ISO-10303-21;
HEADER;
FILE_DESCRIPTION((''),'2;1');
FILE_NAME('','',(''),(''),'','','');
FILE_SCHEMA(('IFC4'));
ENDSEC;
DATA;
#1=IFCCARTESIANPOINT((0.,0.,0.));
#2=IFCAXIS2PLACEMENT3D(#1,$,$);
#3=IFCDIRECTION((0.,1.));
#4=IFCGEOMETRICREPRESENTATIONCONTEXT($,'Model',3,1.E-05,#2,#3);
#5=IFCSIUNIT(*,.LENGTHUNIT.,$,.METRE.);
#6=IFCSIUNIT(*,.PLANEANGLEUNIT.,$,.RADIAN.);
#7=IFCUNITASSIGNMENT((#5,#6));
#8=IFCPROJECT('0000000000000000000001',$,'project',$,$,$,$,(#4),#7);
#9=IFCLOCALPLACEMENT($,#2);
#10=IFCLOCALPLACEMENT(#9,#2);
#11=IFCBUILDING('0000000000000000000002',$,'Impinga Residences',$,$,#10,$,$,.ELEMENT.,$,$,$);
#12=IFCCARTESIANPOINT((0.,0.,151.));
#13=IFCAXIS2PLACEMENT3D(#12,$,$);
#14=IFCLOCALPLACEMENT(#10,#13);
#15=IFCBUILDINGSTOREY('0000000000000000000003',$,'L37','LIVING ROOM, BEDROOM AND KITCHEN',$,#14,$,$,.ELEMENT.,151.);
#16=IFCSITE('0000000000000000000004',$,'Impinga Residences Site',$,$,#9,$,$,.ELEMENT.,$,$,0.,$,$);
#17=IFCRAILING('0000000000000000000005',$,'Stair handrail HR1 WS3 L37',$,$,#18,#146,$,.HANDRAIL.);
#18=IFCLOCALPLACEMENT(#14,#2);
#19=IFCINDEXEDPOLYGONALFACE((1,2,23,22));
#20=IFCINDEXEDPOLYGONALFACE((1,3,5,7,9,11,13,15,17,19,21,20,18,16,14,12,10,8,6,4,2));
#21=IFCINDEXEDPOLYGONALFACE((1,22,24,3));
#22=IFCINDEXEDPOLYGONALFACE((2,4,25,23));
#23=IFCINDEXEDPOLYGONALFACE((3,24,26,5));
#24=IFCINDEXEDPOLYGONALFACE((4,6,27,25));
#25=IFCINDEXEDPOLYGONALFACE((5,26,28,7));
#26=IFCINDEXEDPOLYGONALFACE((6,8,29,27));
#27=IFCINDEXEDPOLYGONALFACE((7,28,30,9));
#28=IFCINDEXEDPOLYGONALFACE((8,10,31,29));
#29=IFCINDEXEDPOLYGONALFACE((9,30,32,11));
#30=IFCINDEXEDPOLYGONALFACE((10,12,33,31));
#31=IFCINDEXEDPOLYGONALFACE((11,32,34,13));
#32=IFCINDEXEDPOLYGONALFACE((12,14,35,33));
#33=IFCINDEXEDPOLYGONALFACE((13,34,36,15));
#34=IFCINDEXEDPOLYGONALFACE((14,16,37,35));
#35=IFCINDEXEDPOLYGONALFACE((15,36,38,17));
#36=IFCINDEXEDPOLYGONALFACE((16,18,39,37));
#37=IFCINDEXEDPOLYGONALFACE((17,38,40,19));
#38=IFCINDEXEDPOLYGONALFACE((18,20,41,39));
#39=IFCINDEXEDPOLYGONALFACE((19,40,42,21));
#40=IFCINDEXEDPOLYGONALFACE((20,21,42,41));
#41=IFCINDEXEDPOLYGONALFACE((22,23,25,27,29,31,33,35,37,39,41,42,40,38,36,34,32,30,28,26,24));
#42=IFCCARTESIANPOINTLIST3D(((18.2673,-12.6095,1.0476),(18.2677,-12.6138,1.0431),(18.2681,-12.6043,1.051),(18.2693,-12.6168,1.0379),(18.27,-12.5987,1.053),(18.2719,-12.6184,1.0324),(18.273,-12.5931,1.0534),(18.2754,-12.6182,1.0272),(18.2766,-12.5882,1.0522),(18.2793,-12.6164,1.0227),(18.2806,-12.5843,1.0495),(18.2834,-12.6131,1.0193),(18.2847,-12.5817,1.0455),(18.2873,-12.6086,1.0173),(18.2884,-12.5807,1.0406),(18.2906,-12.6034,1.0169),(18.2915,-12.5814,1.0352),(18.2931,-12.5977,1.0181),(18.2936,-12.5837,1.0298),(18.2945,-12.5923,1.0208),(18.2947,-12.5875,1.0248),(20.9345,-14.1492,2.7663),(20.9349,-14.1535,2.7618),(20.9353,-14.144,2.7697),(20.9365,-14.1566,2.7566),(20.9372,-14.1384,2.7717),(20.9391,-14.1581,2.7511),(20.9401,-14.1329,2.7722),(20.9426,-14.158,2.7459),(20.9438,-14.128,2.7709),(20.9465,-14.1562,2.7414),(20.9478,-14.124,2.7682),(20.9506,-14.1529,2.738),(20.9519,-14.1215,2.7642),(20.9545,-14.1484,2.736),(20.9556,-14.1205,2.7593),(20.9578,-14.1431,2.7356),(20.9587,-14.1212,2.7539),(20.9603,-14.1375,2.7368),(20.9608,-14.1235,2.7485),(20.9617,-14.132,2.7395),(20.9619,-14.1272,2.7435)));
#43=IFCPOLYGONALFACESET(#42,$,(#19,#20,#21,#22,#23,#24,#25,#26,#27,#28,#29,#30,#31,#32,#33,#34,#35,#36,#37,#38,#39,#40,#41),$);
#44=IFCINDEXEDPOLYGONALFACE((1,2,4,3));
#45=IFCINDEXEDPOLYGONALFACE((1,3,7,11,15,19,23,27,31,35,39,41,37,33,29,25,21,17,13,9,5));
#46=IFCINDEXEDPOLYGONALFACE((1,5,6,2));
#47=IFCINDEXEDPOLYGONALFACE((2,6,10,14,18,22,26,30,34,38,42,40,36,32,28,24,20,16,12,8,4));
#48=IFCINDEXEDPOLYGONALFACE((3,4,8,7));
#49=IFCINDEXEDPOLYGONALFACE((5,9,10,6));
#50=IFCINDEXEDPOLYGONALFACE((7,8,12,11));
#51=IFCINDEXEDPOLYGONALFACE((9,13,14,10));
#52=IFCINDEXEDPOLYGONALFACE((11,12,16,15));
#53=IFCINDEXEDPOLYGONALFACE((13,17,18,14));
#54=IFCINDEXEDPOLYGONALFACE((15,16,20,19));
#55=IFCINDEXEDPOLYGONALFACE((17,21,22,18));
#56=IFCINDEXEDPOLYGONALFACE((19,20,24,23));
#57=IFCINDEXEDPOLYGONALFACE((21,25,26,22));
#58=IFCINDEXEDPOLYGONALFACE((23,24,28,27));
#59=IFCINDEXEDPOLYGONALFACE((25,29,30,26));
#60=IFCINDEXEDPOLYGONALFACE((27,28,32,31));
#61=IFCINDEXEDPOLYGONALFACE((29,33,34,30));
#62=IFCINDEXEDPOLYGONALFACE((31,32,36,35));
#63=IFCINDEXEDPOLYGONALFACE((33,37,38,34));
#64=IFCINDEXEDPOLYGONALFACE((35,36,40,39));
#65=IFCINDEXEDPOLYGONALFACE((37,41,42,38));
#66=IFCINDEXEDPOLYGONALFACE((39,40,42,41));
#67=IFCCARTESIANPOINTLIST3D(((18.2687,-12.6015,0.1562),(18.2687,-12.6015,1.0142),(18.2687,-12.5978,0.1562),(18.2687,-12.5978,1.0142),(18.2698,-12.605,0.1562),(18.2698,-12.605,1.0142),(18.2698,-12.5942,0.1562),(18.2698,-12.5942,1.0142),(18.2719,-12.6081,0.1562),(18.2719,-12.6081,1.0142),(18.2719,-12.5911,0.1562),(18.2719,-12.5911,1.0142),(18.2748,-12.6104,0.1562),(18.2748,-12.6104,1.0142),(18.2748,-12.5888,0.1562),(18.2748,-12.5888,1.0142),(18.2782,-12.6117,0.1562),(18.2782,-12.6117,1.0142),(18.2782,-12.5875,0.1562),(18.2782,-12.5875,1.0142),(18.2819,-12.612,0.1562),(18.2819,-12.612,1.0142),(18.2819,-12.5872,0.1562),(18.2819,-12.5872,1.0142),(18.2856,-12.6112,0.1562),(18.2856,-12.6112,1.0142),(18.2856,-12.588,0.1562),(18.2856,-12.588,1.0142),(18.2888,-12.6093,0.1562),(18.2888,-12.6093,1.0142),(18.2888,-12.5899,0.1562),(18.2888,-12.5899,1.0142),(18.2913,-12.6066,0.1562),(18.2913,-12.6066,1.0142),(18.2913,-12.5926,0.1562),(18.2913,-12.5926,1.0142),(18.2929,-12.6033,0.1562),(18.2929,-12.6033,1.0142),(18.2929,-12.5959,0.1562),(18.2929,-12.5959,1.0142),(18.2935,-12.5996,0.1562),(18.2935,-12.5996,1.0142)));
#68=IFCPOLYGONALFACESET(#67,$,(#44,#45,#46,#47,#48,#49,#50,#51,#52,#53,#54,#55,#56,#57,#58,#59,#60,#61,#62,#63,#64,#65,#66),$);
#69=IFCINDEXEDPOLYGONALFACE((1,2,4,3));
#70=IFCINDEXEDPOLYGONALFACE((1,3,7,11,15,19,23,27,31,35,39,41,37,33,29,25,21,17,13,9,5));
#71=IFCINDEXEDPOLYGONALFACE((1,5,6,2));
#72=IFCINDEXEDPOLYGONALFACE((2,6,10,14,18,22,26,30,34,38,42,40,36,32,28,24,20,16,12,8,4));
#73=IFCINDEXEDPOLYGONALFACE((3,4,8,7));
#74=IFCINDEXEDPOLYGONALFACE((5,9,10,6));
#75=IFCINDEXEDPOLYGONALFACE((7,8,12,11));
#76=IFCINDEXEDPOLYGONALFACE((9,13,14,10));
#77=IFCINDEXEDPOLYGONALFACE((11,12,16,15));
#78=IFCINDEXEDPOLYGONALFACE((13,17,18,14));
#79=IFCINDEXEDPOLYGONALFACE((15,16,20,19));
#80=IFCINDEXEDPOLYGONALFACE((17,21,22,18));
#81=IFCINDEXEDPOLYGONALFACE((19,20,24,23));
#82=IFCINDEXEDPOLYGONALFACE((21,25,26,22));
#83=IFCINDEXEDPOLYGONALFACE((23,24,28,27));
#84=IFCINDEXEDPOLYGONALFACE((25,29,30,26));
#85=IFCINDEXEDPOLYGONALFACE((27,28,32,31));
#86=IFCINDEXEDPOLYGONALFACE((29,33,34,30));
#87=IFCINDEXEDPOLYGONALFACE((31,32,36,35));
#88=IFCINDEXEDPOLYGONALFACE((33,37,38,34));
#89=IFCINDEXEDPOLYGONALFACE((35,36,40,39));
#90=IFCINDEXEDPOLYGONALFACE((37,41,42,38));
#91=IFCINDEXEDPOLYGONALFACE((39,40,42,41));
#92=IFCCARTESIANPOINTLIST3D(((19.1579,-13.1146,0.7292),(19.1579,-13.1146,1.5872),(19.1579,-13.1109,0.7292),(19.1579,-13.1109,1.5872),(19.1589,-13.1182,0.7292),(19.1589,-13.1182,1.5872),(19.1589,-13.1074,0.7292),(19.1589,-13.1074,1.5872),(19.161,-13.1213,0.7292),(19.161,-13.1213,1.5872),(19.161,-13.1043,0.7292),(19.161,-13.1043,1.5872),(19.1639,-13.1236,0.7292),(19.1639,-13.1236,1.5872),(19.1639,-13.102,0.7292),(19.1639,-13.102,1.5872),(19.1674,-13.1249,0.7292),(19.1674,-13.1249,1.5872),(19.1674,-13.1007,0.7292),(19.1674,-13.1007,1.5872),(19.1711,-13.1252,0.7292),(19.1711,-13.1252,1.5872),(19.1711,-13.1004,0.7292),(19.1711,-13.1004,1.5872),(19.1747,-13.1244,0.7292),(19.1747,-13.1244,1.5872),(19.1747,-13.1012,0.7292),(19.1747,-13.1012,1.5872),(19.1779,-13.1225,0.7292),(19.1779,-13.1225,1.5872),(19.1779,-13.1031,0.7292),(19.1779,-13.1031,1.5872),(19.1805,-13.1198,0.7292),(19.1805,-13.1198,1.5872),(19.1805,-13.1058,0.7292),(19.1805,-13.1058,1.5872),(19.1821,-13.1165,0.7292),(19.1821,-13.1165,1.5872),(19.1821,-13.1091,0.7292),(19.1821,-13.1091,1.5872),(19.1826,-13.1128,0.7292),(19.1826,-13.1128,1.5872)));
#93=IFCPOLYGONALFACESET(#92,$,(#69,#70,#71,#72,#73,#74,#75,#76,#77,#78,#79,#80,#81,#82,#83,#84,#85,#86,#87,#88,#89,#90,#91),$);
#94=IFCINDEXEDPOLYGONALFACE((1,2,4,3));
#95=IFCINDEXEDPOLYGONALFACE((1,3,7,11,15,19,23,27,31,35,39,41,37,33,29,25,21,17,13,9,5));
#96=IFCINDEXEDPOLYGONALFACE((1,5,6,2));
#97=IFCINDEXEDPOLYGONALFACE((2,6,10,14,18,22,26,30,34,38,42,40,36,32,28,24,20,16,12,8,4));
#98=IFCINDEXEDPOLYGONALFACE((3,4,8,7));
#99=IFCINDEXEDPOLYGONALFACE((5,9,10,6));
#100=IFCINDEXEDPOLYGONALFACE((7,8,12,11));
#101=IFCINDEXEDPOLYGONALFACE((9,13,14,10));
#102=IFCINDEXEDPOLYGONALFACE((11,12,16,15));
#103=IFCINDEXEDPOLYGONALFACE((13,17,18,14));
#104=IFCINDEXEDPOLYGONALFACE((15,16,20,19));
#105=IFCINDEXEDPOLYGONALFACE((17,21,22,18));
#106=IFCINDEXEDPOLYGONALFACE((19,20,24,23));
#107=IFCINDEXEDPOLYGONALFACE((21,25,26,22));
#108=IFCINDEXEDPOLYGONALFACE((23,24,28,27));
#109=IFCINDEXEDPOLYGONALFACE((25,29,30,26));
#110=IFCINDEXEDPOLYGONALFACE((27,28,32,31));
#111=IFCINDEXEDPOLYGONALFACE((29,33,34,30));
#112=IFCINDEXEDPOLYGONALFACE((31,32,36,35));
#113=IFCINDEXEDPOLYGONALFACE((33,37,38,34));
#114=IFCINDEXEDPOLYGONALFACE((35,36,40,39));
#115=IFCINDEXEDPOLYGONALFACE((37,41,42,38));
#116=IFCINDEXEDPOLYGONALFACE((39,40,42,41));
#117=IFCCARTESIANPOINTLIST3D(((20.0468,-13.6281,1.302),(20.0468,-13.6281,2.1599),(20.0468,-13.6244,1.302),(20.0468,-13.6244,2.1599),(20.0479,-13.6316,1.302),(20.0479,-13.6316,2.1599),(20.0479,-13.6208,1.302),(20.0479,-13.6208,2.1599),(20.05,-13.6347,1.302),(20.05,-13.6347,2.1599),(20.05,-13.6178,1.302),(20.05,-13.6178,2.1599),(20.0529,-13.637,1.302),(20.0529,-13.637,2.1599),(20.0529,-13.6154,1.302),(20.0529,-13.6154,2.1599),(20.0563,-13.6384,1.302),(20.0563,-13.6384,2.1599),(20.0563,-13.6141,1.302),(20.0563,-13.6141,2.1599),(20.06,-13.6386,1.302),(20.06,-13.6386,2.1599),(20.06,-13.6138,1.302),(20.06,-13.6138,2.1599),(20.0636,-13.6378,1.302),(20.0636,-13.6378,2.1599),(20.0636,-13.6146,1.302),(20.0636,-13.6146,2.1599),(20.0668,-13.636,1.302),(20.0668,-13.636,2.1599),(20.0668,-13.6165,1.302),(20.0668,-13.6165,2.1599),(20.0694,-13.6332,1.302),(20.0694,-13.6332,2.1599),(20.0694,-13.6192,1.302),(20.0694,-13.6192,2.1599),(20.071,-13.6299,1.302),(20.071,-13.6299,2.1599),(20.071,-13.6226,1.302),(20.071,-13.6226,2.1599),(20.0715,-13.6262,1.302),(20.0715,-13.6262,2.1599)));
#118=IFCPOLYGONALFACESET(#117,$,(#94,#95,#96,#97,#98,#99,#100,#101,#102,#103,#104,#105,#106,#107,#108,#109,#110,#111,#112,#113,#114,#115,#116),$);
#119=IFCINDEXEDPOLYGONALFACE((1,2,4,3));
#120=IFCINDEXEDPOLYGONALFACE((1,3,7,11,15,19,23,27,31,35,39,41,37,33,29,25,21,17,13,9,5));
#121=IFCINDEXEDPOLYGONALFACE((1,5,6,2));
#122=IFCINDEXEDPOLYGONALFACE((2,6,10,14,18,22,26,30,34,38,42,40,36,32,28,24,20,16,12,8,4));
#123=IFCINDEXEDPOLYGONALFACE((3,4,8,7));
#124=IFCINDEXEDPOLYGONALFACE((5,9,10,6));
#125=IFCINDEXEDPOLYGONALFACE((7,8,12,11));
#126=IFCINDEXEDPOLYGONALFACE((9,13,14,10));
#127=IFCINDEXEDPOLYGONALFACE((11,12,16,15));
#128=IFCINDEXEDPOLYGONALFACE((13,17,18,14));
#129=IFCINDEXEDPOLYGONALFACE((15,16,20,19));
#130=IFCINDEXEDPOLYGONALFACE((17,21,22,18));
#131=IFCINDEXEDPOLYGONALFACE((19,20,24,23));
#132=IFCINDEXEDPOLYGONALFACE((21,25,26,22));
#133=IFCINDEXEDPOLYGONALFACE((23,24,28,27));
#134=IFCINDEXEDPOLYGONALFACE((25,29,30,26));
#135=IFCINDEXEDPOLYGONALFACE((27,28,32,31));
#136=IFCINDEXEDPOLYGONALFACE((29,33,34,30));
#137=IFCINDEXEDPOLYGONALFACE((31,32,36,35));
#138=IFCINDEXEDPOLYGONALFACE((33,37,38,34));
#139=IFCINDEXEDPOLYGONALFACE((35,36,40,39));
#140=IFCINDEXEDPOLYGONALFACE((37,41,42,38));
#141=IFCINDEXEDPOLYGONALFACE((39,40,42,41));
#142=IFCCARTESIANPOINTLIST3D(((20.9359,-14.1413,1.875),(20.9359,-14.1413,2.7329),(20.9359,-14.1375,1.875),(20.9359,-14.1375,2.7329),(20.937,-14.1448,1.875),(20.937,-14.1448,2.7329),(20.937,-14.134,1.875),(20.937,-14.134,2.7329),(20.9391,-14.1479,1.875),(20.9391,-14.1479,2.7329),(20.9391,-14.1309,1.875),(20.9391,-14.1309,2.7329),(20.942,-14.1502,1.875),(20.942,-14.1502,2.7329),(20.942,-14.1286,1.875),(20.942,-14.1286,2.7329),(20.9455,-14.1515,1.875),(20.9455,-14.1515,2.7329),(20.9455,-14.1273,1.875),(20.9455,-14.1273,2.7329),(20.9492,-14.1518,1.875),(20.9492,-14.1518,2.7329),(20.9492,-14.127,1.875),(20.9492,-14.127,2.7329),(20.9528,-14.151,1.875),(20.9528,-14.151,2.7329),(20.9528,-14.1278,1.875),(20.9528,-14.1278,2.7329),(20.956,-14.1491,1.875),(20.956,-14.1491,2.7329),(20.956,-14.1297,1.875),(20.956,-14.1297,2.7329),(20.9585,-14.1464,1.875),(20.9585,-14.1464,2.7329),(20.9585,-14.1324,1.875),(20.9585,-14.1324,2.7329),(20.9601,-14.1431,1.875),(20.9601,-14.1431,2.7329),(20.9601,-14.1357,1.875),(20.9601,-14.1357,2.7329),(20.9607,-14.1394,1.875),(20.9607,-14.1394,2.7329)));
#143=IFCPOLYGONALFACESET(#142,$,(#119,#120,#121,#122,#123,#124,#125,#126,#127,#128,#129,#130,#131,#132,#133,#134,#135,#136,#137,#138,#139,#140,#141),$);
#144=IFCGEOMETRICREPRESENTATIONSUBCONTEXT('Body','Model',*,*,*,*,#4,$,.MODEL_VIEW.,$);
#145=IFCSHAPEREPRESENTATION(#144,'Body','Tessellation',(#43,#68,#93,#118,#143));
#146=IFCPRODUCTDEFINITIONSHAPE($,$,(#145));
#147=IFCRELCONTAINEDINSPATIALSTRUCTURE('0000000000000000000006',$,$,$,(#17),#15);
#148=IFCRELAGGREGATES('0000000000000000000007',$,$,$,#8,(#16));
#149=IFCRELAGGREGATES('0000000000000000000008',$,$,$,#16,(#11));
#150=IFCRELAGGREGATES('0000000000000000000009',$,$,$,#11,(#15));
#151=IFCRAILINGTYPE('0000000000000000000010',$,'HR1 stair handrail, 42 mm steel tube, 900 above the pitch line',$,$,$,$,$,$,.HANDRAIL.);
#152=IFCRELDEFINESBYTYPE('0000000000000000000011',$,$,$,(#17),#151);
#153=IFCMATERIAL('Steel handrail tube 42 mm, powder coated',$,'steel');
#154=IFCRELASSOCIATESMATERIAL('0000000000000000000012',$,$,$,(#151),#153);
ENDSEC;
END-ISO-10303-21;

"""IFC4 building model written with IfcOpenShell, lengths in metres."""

from ifc_helpers import new_model, si_unit, direction, frame, origin, origin_2d, place, context, subcontext, project, spatial, circle, extrude, material, type_object, element, save


model = new_model("IFC4")

# Units and contexts
model_context = context("Model", 3, precision=1e-05, world=origin(), true_north=direction((0.0, 1.0)))
body_context = subcontext(model_context, "Body", "Model", "MODEL_VIEW")
ifc_project = project(units=[si_unit("LENGTHUNIT", "METRE"), si_unit("PLANEANGLEUNIT", "RADIAN")], contexts=[model_context])

# Site, building, storey
site_placement = place(None, origin())
site = spatial("IfcSite", under=ifc_project, at=site_placement, Name="Impinga Residences Site", CompositionType="ELEMENT", RefElevation=0.0)
building_placement = place(site_placement, origin())
building = spatial("IfcBuilding", under=site, at=building_placement, Name="Impinga Residences", CompositionType="ELEMENT")
storey_placement = place(building_placement, frame((0.0, 0.0, 151.0)))
storey = spatial("IfcBuildingStorey", under=building, at=storey_placement, Name="L37", Description="LIVING ROOM, BEDROOM AND KITCHEN", CompositionType="ELEMENT", Elevation=151.0)

# Railing
ifc_material_1 = material(Name="Steel handrail tube 42 mm, powder coated", Category="steel")
railing_type_1 = type_object("IfcRailingType", Name="HR1 stair handrail, 42 mm steel tube, 900 above the pitch line", PredefinedType="HANDRAIL", material=ifc_material_1)
railing_1_placement = place(storey_placement, frame((18.281, -12.5996, 0.1562)))
element("IfcRailing", 1, at=railing_1_placement, inside=storey, type_object=railing_type_1, Name="Stair handrail HR1 WS3 L37", PredefinedType="HANDRAIL", context=body_context, shape_type="SweptSolid", body=[
    extrude(circle(Radius=0.021, at=origin_2d()), frame((0.0, 0.0, 0.8789), z_axis=(0.756249, -0.436582, 0.487322), x_axis=(0.499967, 0.866044, 0.0)), (0.0, 0.0, 1.0), 3.5269),
    extrude(circle(Radius=0.0125, at=origin_2d()), origin(), (0.0, 0.0, 1.0), 0.8579),
    extrude(circle(Radius=0.0125, at=origin_2d()), frame((0.8892, -0.5132, 0.573)), (0.0, 0.0, 1.0), 0.8579),
    extrude(circle(Radius=0.0125, at=origin_2d()), frame((1.7781, -1.0266, 1.1458)), (0.0, 0.0, 1.0), 0.8579),
    extrude(circle(Radius=0.0125, at=origin_2d()), frame((2.6672, -1.5398, 1.7188)), (0.0, 0.0, 1.0), 0.8579),
])

save(model, "model.ifc")
